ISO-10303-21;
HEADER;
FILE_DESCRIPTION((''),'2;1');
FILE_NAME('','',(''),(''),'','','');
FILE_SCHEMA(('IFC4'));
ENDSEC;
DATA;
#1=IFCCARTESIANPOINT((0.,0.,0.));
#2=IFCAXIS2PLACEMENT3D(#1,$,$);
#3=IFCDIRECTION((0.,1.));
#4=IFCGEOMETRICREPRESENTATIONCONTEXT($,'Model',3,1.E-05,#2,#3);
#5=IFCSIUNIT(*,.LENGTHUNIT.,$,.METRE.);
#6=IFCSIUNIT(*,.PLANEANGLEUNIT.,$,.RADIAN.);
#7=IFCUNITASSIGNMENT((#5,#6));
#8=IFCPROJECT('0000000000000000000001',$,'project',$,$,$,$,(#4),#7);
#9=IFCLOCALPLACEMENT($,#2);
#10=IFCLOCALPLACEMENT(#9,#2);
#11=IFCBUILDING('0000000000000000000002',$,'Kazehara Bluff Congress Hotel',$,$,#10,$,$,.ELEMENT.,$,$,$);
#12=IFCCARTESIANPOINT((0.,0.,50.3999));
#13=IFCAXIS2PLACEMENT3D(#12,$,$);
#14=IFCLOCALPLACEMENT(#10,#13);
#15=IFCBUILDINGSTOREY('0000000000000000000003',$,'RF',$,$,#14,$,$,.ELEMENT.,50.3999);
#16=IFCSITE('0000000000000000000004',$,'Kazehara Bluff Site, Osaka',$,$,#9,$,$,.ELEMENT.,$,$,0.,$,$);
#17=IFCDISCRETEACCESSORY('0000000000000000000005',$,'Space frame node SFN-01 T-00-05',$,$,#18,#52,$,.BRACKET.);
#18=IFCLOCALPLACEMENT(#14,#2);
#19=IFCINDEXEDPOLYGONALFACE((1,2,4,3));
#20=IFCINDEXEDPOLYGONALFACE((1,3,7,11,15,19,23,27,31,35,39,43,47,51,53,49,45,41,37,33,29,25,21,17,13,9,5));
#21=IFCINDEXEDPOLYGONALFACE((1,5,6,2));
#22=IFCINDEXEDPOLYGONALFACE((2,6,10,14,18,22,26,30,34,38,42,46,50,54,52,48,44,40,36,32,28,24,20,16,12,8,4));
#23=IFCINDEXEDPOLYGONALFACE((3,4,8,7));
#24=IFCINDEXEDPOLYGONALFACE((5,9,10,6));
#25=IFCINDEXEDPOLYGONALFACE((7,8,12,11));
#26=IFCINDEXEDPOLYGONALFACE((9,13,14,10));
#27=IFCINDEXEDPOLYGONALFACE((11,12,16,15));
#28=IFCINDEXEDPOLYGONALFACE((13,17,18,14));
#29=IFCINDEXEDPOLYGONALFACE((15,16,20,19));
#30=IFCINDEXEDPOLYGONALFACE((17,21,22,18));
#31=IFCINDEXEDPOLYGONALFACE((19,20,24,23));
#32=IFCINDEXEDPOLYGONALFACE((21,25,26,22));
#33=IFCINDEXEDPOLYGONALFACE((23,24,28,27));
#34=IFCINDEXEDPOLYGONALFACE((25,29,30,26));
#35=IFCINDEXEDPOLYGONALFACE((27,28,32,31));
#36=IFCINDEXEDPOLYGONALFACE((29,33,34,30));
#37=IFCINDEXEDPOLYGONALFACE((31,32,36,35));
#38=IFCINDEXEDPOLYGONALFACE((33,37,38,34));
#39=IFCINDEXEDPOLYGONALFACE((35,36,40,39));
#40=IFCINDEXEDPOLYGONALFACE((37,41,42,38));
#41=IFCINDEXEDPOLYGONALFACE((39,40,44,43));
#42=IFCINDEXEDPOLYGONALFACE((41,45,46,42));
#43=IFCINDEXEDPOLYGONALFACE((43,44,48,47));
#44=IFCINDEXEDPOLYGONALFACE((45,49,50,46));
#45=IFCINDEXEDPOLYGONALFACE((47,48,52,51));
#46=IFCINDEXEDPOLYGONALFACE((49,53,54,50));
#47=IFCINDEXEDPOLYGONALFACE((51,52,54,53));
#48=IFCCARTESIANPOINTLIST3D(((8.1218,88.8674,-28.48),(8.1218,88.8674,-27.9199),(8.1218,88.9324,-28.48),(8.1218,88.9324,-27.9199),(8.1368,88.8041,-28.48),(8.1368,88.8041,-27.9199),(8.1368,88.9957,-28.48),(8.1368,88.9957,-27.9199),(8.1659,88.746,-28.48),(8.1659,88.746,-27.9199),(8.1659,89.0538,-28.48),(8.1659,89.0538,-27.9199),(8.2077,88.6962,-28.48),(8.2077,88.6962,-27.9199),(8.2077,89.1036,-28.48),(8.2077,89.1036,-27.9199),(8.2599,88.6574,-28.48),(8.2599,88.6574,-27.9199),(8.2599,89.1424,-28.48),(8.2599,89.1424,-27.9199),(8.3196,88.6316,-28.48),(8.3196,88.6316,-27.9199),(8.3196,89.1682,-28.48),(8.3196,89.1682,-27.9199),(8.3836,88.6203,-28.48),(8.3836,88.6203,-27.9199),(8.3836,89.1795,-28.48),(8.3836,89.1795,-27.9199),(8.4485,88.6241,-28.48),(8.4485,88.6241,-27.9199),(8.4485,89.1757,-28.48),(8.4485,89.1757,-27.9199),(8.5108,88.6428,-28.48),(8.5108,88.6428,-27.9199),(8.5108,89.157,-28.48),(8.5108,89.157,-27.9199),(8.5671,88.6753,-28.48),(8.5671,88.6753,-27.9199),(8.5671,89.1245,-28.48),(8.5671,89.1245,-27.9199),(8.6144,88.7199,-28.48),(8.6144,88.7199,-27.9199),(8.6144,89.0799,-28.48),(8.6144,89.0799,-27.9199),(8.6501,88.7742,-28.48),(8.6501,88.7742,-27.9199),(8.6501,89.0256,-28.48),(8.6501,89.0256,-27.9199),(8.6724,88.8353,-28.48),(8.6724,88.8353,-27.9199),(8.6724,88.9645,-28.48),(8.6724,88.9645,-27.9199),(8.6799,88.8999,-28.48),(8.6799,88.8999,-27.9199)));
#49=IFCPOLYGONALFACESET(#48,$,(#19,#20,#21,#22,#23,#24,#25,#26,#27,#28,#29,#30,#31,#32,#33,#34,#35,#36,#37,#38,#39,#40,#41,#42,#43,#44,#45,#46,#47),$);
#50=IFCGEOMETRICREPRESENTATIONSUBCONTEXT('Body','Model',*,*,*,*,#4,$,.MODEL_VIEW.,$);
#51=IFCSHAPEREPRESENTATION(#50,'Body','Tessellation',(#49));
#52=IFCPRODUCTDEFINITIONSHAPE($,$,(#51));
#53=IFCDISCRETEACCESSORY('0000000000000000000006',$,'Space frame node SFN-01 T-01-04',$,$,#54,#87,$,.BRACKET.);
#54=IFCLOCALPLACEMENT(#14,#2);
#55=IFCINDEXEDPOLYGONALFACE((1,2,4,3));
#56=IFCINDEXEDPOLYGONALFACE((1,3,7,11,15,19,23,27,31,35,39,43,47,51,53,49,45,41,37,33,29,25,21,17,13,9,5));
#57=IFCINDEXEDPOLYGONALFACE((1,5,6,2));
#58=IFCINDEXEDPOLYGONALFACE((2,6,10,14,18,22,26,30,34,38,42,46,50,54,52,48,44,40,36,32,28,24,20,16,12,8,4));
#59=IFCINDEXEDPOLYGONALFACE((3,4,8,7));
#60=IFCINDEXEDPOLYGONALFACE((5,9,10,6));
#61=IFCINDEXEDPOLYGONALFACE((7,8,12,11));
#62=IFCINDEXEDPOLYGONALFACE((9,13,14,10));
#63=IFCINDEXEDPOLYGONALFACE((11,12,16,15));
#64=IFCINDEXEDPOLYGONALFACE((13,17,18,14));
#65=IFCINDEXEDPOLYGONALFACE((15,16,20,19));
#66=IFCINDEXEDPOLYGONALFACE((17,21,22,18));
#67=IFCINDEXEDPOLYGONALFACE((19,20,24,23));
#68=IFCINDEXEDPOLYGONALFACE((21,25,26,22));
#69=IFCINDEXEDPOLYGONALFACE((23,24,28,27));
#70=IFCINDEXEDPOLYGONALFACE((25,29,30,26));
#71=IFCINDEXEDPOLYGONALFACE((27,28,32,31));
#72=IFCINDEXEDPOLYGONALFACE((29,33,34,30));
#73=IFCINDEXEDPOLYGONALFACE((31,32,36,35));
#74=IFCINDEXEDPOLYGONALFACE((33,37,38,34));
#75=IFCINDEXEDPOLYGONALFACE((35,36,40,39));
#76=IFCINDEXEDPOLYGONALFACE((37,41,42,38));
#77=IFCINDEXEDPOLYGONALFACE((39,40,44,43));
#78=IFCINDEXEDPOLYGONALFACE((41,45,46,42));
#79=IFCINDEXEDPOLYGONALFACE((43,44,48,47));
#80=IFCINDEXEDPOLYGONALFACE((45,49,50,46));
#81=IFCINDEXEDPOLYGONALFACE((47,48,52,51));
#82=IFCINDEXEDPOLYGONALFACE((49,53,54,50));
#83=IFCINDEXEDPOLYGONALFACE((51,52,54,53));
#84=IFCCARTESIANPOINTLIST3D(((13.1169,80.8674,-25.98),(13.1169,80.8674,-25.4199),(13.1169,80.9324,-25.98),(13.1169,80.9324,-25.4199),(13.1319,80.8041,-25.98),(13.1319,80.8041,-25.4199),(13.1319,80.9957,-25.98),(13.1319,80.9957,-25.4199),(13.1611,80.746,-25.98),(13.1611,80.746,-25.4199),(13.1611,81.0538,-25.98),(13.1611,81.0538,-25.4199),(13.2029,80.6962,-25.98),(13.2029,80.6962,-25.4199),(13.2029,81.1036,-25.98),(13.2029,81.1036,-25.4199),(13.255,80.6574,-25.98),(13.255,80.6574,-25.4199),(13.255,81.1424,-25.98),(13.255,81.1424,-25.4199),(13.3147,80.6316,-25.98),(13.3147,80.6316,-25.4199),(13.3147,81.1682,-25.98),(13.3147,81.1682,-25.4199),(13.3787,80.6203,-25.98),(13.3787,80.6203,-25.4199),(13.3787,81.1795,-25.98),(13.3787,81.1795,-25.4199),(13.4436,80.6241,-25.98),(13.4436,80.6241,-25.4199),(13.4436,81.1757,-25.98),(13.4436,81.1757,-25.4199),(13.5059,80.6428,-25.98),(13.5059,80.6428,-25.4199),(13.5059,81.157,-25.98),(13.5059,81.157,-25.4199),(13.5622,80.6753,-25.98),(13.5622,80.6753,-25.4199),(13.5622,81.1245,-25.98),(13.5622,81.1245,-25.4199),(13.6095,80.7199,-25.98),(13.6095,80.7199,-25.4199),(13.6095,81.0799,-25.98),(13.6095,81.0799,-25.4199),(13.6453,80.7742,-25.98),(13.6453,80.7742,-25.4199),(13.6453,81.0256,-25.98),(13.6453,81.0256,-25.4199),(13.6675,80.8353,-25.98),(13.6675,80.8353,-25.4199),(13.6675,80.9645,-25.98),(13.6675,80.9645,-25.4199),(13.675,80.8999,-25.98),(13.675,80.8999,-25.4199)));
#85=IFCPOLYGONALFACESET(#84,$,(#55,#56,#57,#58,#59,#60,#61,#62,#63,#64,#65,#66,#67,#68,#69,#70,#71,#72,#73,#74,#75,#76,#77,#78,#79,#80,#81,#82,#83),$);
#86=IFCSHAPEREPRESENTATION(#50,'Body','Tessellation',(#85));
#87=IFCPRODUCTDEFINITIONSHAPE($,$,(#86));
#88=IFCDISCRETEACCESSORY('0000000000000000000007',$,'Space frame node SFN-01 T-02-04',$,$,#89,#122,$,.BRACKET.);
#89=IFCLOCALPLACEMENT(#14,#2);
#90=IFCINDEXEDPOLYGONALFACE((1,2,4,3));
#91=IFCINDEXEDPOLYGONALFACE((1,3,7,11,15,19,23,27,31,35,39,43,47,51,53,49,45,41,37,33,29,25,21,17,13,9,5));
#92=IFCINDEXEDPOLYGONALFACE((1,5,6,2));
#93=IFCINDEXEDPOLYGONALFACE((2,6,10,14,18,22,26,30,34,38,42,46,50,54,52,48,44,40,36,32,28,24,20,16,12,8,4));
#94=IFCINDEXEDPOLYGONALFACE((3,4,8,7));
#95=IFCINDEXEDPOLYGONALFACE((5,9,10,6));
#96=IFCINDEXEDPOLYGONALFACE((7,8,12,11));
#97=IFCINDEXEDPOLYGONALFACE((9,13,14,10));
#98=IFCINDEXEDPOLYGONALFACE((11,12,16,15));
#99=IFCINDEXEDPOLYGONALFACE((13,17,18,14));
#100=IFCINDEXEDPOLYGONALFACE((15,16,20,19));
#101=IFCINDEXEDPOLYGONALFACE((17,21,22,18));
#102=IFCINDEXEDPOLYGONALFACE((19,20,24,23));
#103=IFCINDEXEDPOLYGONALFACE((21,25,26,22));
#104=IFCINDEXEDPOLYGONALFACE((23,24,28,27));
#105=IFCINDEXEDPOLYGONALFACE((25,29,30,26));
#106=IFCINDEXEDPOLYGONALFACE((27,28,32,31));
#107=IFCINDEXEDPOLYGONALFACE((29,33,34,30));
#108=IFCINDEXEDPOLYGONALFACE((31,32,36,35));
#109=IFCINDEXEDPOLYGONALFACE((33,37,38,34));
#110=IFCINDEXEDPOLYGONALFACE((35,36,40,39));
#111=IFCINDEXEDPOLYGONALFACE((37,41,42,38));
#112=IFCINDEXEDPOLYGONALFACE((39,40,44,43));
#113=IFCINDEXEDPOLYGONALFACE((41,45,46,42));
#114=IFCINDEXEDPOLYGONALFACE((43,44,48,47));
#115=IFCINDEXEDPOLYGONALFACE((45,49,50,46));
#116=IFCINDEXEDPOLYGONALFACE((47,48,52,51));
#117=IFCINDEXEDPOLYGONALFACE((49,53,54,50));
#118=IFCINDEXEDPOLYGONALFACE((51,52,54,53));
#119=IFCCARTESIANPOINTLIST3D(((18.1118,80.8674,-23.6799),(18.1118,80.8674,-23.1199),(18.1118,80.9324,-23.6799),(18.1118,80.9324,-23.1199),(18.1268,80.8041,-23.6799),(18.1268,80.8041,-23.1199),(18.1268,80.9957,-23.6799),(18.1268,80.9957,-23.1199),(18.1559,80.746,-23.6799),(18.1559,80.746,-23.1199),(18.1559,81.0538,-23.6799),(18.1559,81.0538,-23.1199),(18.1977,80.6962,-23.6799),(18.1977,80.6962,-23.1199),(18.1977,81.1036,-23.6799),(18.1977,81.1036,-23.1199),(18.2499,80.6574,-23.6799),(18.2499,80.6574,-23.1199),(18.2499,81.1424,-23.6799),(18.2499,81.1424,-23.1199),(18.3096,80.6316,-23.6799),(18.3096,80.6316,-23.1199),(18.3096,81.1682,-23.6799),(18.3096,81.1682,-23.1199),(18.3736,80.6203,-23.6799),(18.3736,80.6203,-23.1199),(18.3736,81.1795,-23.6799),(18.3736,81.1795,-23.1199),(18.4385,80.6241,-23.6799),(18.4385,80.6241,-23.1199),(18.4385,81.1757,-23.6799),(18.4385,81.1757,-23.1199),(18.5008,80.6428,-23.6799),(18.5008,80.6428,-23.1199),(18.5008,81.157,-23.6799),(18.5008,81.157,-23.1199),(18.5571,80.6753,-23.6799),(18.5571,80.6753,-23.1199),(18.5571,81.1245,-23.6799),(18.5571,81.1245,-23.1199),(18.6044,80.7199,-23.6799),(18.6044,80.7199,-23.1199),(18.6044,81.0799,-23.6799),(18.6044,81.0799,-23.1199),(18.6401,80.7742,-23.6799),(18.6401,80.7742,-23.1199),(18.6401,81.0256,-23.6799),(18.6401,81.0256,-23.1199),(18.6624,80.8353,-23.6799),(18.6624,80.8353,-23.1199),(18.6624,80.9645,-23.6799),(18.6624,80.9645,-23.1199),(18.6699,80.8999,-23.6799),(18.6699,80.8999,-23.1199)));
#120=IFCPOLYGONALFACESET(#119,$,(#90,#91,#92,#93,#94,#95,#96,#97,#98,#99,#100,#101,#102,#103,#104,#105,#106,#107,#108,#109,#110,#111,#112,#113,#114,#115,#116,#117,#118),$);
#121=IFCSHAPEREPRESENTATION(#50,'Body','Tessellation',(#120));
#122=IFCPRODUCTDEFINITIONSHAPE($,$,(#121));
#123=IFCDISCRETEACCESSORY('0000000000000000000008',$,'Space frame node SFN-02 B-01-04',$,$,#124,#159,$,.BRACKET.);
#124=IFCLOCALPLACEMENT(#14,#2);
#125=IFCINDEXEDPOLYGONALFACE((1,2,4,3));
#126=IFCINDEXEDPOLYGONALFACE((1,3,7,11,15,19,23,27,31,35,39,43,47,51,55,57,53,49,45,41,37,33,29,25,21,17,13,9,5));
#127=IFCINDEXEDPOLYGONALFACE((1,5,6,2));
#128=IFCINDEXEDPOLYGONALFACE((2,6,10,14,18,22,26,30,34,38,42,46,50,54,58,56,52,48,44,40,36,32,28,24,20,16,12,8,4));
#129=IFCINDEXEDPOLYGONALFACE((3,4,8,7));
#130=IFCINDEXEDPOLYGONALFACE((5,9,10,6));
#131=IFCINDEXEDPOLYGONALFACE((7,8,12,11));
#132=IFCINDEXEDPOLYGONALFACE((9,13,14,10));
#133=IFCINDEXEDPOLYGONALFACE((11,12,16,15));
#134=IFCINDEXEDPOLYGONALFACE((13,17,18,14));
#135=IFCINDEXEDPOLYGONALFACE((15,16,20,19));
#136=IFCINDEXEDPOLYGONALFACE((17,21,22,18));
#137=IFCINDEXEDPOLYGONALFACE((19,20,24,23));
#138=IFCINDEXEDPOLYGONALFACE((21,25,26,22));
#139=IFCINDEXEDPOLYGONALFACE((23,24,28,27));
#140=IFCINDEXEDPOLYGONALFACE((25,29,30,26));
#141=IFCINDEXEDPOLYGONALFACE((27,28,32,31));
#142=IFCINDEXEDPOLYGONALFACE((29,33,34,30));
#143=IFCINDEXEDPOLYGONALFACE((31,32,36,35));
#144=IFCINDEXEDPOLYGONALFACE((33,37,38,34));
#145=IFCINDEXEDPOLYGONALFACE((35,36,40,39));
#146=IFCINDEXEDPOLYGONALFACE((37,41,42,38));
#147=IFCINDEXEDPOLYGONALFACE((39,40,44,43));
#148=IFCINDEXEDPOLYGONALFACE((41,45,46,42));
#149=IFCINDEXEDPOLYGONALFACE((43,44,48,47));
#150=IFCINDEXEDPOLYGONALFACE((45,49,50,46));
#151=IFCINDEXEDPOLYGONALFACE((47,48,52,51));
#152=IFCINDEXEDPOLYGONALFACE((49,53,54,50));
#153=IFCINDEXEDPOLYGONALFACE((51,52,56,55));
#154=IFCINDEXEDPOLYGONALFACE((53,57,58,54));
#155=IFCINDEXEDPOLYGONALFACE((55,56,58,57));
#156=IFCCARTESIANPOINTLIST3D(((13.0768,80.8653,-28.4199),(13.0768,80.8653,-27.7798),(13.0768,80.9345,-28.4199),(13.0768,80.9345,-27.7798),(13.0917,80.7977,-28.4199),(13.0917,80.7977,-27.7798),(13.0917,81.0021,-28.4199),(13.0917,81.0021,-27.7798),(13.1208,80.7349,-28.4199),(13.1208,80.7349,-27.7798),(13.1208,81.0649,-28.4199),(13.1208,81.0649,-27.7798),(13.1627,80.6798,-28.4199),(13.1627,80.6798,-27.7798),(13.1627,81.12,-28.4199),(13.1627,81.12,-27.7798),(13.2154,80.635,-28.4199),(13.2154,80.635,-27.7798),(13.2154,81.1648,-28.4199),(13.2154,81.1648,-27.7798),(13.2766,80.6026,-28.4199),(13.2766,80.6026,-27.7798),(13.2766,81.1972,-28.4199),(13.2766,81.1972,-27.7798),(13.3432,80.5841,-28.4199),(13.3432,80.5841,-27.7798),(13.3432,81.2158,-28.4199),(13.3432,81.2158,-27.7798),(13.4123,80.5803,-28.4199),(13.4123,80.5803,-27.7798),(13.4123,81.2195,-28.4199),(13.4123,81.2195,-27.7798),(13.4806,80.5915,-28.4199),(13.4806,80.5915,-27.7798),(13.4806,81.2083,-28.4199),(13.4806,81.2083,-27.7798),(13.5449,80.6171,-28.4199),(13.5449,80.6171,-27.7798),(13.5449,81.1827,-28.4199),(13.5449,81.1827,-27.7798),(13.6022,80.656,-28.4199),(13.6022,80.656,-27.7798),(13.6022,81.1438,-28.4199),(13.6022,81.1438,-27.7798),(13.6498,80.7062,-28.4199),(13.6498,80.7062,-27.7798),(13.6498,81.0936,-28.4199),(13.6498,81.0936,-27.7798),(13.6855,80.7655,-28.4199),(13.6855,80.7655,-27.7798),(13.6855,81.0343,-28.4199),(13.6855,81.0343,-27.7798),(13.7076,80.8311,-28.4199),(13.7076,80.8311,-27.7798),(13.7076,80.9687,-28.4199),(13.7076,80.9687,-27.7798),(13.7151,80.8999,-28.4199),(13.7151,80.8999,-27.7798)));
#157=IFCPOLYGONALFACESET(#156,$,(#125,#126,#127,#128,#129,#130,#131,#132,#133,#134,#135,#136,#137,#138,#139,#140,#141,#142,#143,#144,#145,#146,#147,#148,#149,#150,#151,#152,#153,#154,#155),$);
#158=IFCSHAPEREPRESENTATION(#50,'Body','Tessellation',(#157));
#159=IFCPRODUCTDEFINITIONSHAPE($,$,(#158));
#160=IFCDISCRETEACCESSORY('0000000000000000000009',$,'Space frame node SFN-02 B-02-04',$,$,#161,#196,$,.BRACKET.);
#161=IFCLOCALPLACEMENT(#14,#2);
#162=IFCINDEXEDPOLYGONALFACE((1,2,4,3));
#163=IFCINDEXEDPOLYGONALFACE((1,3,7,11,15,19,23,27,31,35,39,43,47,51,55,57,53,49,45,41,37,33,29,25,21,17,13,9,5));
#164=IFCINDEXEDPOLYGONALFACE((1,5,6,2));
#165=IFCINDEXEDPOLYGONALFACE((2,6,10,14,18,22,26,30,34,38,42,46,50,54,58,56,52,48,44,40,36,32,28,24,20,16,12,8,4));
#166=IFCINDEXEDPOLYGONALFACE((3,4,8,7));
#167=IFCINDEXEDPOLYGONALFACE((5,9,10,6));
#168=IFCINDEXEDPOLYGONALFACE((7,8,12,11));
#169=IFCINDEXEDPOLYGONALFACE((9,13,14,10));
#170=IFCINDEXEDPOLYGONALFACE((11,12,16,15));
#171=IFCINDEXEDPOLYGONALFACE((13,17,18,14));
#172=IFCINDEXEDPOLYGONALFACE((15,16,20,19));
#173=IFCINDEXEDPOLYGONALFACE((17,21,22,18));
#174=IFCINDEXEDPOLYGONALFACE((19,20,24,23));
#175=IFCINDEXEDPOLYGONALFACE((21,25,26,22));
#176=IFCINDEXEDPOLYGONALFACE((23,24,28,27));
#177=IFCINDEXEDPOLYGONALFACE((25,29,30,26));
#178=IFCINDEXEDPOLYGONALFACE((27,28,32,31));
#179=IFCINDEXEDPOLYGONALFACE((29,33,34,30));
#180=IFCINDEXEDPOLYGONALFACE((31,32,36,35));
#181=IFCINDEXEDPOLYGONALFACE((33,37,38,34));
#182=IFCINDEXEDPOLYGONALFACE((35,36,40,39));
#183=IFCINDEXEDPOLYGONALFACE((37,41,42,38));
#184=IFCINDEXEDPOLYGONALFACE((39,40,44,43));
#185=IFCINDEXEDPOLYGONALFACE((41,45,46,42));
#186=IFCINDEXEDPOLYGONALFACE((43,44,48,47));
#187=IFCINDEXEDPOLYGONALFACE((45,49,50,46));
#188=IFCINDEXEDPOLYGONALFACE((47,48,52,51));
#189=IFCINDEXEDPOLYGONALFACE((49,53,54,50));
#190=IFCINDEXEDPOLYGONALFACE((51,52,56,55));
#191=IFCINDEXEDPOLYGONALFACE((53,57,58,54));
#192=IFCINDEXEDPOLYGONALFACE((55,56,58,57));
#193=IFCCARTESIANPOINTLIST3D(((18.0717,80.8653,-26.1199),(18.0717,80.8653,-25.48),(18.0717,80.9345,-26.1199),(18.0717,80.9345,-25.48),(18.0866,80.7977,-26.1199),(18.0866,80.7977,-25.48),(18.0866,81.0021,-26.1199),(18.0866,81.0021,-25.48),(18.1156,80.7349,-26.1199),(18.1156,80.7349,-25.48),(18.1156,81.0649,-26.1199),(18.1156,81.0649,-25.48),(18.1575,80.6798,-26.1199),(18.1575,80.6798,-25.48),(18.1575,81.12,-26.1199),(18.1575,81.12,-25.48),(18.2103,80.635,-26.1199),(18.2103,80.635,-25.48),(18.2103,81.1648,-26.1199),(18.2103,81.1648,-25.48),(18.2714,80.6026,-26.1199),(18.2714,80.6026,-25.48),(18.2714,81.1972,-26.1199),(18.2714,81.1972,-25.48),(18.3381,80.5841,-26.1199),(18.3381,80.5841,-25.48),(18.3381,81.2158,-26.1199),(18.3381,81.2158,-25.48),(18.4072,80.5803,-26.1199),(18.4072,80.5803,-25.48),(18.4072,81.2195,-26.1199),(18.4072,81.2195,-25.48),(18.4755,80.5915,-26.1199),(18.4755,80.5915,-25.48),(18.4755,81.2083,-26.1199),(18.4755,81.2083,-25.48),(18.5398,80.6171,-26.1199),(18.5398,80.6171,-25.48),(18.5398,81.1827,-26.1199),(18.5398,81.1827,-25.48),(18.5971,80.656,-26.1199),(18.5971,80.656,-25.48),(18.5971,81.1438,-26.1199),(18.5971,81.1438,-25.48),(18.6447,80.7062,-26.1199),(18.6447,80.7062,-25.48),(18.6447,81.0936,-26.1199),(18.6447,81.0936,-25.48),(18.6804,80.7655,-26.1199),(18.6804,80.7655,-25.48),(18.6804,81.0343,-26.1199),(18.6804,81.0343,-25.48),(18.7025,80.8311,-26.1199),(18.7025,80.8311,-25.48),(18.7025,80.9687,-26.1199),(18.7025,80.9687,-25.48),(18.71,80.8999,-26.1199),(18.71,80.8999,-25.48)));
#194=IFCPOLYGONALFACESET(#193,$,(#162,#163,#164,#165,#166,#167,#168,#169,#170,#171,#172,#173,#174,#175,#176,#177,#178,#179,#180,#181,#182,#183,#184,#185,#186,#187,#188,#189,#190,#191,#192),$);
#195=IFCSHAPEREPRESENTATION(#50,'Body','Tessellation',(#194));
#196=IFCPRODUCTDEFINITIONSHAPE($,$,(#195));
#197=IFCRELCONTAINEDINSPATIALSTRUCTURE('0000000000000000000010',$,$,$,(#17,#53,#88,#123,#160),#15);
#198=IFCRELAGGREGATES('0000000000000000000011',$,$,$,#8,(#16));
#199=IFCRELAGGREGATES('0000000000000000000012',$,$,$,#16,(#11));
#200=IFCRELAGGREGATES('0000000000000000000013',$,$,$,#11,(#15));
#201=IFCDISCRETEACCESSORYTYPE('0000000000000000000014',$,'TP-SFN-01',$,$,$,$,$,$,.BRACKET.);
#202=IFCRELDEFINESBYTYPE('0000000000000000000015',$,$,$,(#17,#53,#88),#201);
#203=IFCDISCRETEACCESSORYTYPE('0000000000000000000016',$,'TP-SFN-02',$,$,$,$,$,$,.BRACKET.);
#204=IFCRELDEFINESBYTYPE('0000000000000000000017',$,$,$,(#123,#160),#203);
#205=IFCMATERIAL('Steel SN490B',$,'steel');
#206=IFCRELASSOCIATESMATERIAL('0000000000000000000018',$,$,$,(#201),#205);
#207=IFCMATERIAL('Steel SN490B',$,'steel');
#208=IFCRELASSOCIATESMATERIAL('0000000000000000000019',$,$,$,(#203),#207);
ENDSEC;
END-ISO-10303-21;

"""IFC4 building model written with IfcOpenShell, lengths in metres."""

from ifc_helpers import new_model, si_unit, direction, frame, origin, origin_2d, place, context, subcontext, project, spatial, circle, extrude, material, material_profile, profile_set, type_object, element, save


model = new_model("IFC4")

# Units and contexts
model_context = context("Model", 3, precision=1e-05, world=origin(), true_north=direction((0.0, 1.0)))
body_context = subcontext(model_context, "Body", "Model", "MODEL_VIEW")
ifc_project = project(units=[si_unit("LENGTHUNIT", "METRE"), si_unit("PLANEANGLEUNIT", "RADIAN")], contexts=[model_context])

# Site, building, storey
site_placement = place(None, origin())
site = spatial("IfcSite", under=ifc_project, at=site_placement, Name="Kazehara Bluff Site, Osaka", CompositionType="ELEMENT", RefElevation=0.0)
building_placement = place(site_placement, origin())
building = spatial("IfcBuilding", under=site, at=building_placement, Name="Kazehara Bluff Congress Hotel", CompositionType="ELEMENT")
storey_placement = place(building_placement, frame((0.0, 0.0, 50.3999)))
storey = spatial("IfcBuildingStorey", under=building, at=storey_placement, Name="RF", CompositionType="ELEMENT", Elevation=50.3999)

# Discrete accessories
ifc_material_1 = material(Name="Steel SN490B", Category="steel")
ifc_material_profile_1 = material_profile(ifc_material_1, circle(Radius=0.28, at=origin_2d()))
ifc_profile_set_1 = profile_set([ifc_material_profile_1], Name="Steel SN490B")
discrete_accessory_type_1 = type_object("IfcDiscreteAccessoryType", Name="TP-SFN-01", PredefinedType="BRACKET", material=ifc_profile_set_1)
for number, where, z_axis, x_axis, name in (
    (1, (8.3999, 88.8999, -28.48), (0.0, 0.0, 1.0), (1.0, 0.0, 0.0), "Space frame node SFN-01 T-00-05"),
    (2, (13.395, 80.8999, -25.98), (0.0, 0.0, 1.0), (1.0, 0.0, 0.0), "Space frame node SFN-01 T-01-04"),
    (3, (18.3899, 80.8999, -23.6799), (0.0, 0.0, 1.0), (1.0, 0.0, 0.0), "Space frame node SFN-01 T-02-04"),
):
    element("IfcDiscreteAccessory", number, at=place(storey_placement, frame(where, z_axis=z_axis, x_axis=x_axis)), inside=storey, type_object=discrete_accessory_type_1, Name=name, PredefinedType="BRACKET", context=body_context, shape_type="SweptSolid", body=[
        extrude(circle(Radius=0.28, at=origin_2d()), origin(), (0.0, 0.0, 1.0), 0.5601),
    ])
ifc_material_2 = material(Name="Steel SN490B", Category="steel")
ifc_material_profile_2 = material_profile(ifc_material_2, circle(Radius=0.3201, at=origin_2d()))
ifc_profile_set_2 = profile_set([ifc_material_profile_2], Name="Steel SN490B")
discrete_accessory_type_2 = type_object("IfcDiscreteAccessoryType", Name="TP-SFN-02", PredefinedType="BRACKET", material=ifc_profile_set_2)
discrete_accessory_1_placement = place(storey_placement, frame((13.395, 80.8999, -28.4199), z_axis=(0.0, 0.0, 1.0), x_axis=(1.0, 0.0, 0.0)))
element("IfcDiscreteAccessory", 4, at=discrete_accessory_1_placement, inside=storey, type_object=discrete_accessory_type_2, Name="Space frame node SFN-02 B-01-04", PredefinedType="BRACKET", context=body_context, shape_type="SweptSolid", body=[
    extrude(circle(Radius=0.3201, at=origin_2d()), origin(), (0.0, 0.0, 1.0), 0.6401),
])
discrete_accessory_2_placement = place(storey_placement, frame((18.3899, 80.8999, -26.1199), z_axis=(0.0, 0.0, 1.0), x_axis=(1.0, 0.0, 0.0)))
element("IfcDiscreteAccessory", 5, at=discrete_accessory_2_placement, inside=storey, type_object=discrete_accessory_type_2, Name="Space frame node SFN-02 B-02-04", PredefinedType="BRACKET", context=body_context, shape_type="SweptSolid", body=[
    extrude(circle(Radius=0.3201, at=origin_2d()), origin(), (0.0, 0.0, 1.0), 0.6399),
])

save(model, "model.ifc")
